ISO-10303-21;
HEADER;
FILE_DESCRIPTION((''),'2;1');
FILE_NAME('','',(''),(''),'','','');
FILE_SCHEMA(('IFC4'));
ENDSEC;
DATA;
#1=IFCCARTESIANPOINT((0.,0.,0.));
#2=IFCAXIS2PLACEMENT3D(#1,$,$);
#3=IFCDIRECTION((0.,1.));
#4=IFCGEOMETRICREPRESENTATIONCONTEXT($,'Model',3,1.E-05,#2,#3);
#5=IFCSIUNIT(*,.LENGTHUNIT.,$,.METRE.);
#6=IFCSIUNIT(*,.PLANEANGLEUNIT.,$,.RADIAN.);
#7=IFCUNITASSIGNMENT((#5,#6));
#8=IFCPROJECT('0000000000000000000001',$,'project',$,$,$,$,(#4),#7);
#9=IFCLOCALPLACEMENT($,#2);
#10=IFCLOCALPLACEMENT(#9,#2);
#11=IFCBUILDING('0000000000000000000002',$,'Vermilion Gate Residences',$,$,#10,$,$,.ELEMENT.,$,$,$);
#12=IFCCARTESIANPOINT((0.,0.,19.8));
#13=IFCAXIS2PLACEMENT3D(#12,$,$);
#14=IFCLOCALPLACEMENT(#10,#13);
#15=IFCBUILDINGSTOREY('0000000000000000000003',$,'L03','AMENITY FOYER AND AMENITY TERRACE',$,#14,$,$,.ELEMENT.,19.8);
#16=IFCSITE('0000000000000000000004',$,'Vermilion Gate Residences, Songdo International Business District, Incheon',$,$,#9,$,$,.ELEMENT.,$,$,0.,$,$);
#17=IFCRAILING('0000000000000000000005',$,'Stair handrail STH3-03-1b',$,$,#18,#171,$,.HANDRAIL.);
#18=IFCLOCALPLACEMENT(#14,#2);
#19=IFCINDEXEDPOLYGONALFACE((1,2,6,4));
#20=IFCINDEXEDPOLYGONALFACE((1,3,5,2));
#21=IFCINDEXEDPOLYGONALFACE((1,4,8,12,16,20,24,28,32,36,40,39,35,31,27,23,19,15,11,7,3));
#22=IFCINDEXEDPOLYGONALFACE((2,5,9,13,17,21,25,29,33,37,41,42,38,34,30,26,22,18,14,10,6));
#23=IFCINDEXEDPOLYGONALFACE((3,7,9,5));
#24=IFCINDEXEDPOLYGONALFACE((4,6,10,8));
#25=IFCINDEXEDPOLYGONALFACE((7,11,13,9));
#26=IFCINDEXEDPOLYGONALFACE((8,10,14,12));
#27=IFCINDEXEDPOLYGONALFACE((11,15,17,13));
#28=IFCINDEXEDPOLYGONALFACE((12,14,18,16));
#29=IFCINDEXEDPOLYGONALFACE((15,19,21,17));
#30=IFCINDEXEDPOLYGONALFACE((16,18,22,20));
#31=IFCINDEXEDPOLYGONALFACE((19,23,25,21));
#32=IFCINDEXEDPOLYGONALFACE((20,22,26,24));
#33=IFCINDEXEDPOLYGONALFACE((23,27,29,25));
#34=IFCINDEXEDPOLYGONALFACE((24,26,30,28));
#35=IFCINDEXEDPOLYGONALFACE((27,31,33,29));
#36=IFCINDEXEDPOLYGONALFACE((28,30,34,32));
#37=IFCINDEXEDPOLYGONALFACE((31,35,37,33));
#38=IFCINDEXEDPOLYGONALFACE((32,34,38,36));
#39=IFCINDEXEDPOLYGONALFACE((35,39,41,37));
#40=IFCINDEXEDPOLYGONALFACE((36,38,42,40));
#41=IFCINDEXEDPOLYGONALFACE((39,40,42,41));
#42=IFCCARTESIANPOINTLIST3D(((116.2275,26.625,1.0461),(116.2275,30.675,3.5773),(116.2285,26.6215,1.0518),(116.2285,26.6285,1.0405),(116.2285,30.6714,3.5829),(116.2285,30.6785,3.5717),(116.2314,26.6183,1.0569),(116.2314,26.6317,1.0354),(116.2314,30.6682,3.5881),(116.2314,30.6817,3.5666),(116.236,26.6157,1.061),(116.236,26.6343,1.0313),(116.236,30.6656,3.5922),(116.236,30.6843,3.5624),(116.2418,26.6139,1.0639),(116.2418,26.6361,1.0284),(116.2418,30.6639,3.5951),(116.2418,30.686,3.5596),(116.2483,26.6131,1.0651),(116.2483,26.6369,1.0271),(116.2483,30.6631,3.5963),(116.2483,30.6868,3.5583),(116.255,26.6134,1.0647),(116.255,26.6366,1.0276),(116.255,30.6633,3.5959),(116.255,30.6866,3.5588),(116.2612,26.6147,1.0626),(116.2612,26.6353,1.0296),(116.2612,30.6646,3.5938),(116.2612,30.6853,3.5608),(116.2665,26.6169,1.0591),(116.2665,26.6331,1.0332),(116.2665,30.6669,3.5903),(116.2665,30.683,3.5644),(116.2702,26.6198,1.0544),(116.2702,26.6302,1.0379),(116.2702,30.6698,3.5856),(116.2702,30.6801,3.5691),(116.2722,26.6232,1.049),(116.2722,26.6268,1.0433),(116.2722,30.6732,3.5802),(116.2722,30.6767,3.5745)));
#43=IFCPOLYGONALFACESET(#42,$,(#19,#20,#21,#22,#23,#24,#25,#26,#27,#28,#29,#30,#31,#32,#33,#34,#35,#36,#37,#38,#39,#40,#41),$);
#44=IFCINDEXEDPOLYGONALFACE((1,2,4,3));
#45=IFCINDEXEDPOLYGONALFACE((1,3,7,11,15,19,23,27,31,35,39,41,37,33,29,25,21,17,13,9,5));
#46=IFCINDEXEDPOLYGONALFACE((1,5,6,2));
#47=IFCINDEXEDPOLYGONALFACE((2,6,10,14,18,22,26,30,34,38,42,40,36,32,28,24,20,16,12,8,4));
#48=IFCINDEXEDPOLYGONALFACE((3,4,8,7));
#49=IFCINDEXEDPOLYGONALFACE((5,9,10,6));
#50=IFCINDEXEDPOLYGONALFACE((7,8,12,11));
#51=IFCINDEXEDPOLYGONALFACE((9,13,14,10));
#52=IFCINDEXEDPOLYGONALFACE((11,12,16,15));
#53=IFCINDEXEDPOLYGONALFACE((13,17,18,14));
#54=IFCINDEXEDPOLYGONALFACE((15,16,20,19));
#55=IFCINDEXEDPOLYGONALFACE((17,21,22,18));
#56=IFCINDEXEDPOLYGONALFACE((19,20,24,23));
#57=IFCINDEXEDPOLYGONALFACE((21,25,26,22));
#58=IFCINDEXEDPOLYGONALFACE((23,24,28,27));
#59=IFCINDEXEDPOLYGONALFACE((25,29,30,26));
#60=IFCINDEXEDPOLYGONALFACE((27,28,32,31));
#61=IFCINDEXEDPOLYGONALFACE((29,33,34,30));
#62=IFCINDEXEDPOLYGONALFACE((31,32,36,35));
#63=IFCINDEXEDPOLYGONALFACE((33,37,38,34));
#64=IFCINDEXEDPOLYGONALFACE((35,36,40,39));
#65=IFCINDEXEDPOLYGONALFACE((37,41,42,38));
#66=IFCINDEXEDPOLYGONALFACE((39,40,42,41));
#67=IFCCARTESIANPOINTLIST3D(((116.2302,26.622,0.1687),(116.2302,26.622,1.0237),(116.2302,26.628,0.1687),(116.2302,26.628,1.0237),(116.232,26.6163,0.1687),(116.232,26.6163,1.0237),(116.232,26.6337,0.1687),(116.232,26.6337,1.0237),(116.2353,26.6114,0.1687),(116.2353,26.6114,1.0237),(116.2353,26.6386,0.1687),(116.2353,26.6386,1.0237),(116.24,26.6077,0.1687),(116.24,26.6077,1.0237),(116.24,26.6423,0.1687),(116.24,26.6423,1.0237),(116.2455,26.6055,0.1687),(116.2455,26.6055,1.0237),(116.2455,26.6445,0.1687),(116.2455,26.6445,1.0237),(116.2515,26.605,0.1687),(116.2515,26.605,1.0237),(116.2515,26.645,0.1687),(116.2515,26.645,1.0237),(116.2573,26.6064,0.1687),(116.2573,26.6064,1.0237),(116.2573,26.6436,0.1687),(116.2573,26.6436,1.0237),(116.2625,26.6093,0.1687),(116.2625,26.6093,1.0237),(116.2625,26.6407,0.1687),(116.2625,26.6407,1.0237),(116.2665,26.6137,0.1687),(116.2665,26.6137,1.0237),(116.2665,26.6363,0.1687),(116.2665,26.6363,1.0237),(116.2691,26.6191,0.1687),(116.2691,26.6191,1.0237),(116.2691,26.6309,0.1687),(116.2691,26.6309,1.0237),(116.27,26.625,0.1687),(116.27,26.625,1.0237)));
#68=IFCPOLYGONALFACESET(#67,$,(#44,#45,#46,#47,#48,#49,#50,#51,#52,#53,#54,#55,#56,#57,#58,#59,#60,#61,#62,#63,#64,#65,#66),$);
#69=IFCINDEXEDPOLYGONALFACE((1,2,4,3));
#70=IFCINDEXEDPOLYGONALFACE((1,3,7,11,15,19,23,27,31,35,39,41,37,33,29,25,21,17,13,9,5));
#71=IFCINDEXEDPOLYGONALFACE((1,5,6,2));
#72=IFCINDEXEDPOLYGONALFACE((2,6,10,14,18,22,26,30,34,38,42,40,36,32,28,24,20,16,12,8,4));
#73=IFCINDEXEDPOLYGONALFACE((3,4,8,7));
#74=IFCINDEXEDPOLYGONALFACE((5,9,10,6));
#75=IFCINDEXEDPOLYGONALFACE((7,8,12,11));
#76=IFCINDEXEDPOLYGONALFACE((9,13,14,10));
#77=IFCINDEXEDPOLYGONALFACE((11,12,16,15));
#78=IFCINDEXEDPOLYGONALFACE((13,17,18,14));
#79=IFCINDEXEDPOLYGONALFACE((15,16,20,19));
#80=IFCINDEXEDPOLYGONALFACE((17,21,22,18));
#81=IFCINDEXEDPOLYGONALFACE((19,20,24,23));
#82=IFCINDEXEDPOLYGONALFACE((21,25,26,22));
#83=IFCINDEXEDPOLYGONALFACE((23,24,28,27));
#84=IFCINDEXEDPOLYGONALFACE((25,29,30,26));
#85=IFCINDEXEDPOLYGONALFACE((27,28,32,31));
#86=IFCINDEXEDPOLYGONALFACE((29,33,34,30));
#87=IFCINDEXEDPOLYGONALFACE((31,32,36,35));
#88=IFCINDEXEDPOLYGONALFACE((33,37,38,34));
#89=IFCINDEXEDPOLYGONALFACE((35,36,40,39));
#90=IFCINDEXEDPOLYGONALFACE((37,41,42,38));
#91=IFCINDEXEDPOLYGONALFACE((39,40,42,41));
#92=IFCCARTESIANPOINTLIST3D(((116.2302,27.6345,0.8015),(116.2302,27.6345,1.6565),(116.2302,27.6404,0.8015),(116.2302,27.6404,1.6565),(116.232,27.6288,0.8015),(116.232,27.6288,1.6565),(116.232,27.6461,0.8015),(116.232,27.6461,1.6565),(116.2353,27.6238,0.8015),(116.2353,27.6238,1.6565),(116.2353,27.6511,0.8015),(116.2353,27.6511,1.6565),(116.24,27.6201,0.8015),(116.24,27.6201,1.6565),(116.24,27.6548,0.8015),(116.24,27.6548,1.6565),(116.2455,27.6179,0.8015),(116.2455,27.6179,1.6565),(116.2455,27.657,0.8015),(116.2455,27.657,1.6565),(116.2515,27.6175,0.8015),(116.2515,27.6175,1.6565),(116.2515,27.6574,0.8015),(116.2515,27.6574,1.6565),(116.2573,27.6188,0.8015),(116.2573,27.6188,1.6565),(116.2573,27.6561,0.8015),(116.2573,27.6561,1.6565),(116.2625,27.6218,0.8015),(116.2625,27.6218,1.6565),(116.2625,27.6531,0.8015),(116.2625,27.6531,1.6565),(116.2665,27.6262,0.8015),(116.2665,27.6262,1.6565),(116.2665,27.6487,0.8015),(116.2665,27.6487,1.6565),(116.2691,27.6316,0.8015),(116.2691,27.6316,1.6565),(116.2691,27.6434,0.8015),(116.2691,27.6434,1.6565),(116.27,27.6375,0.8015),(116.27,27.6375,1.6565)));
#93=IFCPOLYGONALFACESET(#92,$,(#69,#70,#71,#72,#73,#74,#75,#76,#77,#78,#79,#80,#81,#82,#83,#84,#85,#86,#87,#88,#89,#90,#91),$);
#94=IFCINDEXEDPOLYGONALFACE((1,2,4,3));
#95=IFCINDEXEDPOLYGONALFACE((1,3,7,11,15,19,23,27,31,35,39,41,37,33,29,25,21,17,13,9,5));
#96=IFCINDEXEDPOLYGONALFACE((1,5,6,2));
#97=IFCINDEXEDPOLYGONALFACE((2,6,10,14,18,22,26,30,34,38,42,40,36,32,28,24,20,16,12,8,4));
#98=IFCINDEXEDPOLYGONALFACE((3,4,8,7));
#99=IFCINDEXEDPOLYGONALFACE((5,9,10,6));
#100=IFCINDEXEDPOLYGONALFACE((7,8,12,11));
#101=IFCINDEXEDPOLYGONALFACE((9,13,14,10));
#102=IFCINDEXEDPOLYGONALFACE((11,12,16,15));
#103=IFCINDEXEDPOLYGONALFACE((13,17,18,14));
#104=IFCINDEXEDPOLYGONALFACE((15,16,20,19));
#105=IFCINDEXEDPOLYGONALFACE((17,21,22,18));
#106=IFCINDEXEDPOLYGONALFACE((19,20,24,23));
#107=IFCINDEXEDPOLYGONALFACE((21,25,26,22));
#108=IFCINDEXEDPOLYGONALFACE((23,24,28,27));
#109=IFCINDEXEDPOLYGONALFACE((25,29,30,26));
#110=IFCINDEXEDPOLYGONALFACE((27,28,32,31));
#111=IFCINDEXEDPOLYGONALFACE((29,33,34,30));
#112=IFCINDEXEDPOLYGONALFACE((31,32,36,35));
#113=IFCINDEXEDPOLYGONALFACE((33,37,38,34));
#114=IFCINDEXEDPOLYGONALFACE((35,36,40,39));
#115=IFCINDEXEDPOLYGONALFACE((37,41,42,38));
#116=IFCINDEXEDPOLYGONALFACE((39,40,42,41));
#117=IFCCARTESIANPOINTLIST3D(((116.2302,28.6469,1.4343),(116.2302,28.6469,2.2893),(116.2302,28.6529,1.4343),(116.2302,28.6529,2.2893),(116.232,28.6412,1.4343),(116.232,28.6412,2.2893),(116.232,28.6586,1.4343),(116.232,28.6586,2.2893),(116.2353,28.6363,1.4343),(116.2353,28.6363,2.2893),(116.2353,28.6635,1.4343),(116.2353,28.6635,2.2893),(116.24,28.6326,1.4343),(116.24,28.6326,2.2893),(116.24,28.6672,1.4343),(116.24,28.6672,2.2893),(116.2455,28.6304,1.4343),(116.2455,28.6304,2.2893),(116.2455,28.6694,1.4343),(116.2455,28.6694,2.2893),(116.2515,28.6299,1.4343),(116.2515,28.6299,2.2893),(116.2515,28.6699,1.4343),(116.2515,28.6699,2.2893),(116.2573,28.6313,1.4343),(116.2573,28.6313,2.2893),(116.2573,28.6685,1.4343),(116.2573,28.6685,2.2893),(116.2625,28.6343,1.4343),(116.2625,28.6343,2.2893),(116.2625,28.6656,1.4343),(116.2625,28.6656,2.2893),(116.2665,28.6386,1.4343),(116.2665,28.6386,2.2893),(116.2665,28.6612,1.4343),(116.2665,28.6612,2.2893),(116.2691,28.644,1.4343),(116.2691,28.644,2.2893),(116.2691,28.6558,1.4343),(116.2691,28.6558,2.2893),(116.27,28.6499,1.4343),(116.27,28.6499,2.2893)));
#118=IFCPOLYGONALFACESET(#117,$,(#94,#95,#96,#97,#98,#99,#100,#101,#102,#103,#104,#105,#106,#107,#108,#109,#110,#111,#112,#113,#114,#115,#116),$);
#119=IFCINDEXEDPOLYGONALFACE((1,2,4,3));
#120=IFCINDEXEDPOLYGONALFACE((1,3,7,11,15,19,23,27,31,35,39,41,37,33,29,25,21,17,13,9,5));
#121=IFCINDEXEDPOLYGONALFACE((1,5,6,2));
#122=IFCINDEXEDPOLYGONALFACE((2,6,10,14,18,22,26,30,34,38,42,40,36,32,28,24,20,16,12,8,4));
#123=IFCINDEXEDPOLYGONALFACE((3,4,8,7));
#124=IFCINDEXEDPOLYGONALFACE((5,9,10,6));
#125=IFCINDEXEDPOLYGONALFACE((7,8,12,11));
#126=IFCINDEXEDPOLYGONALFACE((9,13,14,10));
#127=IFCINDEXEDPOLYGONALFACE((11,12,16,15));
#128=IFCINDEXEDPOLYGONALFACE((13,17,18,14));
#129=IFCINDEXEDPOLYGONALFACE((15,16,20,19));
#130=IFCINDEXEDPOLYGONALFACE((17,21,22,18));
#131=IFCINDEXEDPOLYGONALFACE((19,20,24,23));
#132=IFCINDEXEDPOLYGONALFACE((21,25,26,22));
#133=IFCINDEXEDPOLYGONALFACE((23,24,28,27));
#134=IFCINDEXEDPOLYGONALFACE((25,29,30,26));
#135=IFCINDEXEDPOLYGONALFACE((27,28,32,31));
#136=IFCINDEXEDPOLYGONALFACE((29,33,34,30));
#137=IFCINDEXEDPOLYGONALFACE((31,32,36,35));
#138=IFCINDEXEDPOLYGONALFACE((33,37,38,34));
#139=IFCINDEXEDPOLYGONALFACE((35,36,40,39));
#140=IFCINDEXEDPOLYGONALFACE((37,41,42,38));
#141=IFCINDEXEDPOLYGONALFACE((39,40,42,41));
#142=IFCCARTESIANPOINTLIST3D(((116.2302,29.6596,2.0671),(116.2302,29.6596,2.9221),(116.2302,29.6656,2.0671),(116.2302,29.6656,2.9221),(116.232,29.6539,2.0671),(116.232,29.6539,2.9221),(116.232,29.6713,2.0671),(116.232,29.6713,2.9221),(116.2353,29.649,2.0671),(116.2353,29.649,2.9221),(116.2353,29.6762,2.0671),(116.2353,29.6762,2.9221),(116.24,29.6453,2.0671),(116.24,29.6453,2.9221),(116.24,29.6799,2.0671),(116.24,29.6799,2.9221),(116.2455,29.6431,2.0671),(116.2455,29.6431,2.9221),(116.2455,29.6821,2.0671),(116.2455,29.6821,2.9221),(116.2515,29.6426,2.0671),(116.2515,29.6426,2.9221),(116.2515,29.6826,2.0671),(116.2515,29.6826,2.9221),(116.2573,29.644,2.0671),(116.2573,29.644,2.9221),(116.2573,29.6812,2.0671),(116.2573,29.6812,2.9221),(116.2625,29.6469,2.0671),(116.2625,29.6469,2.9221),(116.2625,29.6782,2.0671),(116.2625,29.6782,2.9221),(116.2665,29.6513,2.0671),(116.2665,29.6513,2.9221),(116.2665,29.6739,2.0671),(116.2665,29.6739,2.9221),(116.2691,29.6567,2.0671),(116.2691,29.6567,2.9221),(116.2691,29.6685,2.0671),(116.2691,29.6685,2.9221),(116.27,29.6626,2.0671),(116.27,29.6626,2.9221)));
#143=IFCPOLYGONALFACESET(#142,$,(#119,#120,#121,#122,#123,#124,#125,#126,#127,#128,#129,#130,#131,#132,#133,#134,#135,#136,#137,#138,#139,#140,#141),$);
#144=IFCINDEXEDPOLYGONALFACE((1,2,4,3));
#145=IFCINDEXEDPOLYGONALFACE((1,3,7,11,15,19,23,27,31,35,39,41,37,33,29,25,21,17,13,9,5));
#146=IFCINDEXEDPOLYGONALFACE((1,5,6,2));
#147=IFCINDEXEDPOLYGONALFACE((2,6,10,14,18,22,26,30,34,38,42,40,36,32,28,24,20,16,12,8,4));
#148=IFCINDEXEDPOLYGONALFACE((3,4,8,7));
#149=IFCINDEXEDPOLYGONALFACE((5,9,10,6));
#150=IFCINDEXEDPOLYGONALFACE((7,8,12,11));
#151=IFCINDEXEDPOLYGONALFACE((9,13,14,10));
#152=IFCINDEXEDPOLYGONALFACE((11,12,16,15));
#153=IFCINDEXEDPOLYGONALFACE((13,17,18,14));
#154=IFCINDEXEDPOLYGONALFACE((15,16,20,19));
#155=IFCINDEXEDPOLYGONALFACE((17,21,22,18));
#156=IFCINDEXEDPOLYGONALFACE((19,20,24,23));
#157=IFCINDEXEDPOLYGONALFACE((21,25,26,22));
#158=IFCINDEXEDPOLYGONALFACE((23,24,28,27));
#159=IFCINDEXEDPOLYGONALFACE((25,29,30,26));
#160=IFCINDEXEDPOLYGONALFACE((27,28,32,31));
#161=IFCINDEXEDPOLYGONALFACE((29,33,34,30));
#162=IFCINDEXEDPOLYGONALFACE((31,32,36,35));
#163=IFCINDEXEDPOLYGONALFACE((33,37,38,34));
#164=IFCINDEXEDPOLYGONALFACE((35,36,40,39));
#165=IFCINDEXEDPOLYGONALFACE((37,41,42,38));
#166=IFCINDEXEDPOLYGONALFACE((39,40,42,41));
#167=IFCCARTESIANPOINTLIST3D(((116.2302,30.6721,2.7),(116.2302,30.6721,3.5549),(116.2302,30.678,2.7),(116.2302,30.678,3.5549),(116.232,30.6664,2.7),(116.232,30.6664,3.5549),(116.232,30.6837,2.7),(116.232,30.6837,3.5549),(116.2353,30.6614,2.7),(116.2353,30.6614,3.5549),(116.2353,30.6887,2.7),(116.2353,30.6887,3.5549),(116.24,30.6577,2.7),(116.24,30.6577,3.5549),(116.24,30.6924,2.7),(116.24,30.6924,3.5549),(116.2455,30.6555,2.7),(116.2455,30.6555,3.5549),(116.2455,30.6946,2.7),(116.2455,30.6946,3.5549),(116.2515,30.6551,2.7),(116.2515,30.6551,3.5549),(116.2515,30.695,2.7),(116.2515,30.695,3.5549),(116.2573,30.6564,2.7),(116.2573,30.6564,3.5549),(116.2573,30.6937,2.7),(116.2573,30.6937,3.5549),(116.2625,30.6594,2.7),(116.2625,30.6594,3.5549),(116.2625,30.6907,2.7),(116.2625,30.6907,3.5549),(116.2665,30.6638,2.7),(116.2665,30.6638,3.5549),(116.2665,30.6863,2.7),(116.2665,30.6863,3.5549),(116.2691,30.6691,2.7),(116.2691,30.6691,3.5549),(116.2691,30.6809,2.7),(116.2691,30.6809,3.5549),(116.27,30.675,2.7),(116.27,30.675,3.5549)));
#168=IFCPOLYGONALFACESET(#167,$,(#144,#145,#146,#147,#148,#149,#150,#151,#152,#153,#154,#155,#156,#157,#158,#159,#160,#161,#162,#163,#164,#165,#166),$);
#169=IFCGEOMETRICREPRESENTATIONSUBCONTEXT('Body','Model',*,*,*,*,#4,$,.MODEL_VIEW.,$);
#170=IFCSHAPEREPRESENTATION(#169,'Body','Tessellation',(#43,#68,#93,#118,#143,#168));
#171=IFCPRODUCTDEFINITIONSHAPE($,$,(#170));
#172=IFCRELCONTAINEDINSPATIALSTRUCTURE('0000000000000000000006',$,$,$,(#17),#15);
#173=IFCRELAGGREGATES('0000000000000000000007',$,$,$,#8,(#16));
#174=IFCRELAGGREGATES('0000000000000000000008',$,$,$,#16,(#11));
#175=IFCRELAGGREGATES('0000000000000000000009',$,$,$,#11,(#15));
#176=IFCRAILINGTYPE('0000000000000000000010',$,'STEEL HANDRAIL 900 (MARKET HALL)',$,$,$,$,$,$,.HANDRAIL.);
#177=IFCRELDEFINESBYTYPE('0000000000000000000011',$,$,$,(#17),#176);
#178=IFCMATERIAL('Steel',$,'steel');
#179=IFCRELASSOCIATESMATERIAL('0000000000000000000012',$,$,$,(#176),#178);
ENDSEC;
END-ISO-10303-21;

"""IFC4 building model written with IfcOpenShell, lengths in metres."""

from ifc_helpers import new_model, si_unit, direction, frame, origin, origin_2d, place, context, subcontext, project, spatial, circle, extrude, material, type_object, element, save


model = new_model("IFC4")

# Units and contexts
model_context = context("Model", 3, precision=1e-05, world=origin(), true_north=direction((0.0, 1.0)))
body_context = subcontext(model_context, "Body", "Model", "MODEL_VIEW")
ifc_project = project(units=[si_unit("LENGTHUNIT", "METRE"), si_unit("PLANEANGLEUNIT", "RADIAN")], contexts=[model_context])

# Site, building, storey
site_placement = place(None, origin())
site = spatial("IfcSite", under=ifc_project, at=site_placement, Name="Vermilion Gate Residences, Songdo International Business District, Incheon", CompositionType="ELEMENT", RefElevation=0.0)
building_placement = place(site_placement, origin())
building = spatial("IfcBuilding", under=site, at=building_placement, Name="Vermilion Gate Residences", CompositionType="ELEMENT")
storey_placement = place(building_placement, frame((0.0, 0.0, 19.8)))
storey = spatial("IfcBuildingStorey", under=building, at=storey_placement, Name="L03", Description="AMENITY FOYER AND AMENITY TERRACE", CompositionType="ELEMENT", Elevation=19.8)

# Railing
ifc_material_1 = material(Name="Steel", Category="steel")
railing_type_1 = type_object("IfcRailingType", Name="STEEL HANDRAIL 900 (MARKET HALL)", PredefinedType="HANDRAIL", material=ifc_material_1)
for number, where, name in (
    (1, (116.25, 26.625, 0.1687), "Stair handrail STH3-03-1b"),
):
    element("IfcRailing", number, at=place(storey_placement, frame(where)), inside=storey, type_object=railing_type_1, Name=name, PredefinedType="HANDRAIL", context=body_context, shape_type="SweptSolid", body=[
        extrude(circle(Radius=0.0225, at=origin_2d()), frame((0.0, 0.0, 0.8774), z_axis=(0.0, 0.848001, 0.529994), x_axis=(-1.0, 0.0, 0.0)), (0.0, 0.0, 1.0), 4.7759),
        extrude(circle(Radius=0.02, at=origin_2d()), origin(), (0.0, 0.0, 1.0), 0.855),
        extrude(circle(Radius=0.02, at=origin_2d()), frame((0.0, 1.0125, 0.6328)), (0.0, 0.0, 1.0), 0.855),
        extrude(circle(Radius=0.02, at=origin_2d()), frame((0.0, 2.0249, 1.2656)), (0.0, 0.0, 1.0), 0.855),
        extrude(circle(Radius=0.02, at=origin_2d()), frame((0.0, 3.0376, 1.8984)), (0.0, 0.0, 1.0), 0.855),
        extrude(circle(Radius=0.02, at=origin_2d()), frame((0.0, 4.05, 2.5312)), (0.0, 0.0, 1.0), 0.855),
    ])

save(model, "model.ifc")
